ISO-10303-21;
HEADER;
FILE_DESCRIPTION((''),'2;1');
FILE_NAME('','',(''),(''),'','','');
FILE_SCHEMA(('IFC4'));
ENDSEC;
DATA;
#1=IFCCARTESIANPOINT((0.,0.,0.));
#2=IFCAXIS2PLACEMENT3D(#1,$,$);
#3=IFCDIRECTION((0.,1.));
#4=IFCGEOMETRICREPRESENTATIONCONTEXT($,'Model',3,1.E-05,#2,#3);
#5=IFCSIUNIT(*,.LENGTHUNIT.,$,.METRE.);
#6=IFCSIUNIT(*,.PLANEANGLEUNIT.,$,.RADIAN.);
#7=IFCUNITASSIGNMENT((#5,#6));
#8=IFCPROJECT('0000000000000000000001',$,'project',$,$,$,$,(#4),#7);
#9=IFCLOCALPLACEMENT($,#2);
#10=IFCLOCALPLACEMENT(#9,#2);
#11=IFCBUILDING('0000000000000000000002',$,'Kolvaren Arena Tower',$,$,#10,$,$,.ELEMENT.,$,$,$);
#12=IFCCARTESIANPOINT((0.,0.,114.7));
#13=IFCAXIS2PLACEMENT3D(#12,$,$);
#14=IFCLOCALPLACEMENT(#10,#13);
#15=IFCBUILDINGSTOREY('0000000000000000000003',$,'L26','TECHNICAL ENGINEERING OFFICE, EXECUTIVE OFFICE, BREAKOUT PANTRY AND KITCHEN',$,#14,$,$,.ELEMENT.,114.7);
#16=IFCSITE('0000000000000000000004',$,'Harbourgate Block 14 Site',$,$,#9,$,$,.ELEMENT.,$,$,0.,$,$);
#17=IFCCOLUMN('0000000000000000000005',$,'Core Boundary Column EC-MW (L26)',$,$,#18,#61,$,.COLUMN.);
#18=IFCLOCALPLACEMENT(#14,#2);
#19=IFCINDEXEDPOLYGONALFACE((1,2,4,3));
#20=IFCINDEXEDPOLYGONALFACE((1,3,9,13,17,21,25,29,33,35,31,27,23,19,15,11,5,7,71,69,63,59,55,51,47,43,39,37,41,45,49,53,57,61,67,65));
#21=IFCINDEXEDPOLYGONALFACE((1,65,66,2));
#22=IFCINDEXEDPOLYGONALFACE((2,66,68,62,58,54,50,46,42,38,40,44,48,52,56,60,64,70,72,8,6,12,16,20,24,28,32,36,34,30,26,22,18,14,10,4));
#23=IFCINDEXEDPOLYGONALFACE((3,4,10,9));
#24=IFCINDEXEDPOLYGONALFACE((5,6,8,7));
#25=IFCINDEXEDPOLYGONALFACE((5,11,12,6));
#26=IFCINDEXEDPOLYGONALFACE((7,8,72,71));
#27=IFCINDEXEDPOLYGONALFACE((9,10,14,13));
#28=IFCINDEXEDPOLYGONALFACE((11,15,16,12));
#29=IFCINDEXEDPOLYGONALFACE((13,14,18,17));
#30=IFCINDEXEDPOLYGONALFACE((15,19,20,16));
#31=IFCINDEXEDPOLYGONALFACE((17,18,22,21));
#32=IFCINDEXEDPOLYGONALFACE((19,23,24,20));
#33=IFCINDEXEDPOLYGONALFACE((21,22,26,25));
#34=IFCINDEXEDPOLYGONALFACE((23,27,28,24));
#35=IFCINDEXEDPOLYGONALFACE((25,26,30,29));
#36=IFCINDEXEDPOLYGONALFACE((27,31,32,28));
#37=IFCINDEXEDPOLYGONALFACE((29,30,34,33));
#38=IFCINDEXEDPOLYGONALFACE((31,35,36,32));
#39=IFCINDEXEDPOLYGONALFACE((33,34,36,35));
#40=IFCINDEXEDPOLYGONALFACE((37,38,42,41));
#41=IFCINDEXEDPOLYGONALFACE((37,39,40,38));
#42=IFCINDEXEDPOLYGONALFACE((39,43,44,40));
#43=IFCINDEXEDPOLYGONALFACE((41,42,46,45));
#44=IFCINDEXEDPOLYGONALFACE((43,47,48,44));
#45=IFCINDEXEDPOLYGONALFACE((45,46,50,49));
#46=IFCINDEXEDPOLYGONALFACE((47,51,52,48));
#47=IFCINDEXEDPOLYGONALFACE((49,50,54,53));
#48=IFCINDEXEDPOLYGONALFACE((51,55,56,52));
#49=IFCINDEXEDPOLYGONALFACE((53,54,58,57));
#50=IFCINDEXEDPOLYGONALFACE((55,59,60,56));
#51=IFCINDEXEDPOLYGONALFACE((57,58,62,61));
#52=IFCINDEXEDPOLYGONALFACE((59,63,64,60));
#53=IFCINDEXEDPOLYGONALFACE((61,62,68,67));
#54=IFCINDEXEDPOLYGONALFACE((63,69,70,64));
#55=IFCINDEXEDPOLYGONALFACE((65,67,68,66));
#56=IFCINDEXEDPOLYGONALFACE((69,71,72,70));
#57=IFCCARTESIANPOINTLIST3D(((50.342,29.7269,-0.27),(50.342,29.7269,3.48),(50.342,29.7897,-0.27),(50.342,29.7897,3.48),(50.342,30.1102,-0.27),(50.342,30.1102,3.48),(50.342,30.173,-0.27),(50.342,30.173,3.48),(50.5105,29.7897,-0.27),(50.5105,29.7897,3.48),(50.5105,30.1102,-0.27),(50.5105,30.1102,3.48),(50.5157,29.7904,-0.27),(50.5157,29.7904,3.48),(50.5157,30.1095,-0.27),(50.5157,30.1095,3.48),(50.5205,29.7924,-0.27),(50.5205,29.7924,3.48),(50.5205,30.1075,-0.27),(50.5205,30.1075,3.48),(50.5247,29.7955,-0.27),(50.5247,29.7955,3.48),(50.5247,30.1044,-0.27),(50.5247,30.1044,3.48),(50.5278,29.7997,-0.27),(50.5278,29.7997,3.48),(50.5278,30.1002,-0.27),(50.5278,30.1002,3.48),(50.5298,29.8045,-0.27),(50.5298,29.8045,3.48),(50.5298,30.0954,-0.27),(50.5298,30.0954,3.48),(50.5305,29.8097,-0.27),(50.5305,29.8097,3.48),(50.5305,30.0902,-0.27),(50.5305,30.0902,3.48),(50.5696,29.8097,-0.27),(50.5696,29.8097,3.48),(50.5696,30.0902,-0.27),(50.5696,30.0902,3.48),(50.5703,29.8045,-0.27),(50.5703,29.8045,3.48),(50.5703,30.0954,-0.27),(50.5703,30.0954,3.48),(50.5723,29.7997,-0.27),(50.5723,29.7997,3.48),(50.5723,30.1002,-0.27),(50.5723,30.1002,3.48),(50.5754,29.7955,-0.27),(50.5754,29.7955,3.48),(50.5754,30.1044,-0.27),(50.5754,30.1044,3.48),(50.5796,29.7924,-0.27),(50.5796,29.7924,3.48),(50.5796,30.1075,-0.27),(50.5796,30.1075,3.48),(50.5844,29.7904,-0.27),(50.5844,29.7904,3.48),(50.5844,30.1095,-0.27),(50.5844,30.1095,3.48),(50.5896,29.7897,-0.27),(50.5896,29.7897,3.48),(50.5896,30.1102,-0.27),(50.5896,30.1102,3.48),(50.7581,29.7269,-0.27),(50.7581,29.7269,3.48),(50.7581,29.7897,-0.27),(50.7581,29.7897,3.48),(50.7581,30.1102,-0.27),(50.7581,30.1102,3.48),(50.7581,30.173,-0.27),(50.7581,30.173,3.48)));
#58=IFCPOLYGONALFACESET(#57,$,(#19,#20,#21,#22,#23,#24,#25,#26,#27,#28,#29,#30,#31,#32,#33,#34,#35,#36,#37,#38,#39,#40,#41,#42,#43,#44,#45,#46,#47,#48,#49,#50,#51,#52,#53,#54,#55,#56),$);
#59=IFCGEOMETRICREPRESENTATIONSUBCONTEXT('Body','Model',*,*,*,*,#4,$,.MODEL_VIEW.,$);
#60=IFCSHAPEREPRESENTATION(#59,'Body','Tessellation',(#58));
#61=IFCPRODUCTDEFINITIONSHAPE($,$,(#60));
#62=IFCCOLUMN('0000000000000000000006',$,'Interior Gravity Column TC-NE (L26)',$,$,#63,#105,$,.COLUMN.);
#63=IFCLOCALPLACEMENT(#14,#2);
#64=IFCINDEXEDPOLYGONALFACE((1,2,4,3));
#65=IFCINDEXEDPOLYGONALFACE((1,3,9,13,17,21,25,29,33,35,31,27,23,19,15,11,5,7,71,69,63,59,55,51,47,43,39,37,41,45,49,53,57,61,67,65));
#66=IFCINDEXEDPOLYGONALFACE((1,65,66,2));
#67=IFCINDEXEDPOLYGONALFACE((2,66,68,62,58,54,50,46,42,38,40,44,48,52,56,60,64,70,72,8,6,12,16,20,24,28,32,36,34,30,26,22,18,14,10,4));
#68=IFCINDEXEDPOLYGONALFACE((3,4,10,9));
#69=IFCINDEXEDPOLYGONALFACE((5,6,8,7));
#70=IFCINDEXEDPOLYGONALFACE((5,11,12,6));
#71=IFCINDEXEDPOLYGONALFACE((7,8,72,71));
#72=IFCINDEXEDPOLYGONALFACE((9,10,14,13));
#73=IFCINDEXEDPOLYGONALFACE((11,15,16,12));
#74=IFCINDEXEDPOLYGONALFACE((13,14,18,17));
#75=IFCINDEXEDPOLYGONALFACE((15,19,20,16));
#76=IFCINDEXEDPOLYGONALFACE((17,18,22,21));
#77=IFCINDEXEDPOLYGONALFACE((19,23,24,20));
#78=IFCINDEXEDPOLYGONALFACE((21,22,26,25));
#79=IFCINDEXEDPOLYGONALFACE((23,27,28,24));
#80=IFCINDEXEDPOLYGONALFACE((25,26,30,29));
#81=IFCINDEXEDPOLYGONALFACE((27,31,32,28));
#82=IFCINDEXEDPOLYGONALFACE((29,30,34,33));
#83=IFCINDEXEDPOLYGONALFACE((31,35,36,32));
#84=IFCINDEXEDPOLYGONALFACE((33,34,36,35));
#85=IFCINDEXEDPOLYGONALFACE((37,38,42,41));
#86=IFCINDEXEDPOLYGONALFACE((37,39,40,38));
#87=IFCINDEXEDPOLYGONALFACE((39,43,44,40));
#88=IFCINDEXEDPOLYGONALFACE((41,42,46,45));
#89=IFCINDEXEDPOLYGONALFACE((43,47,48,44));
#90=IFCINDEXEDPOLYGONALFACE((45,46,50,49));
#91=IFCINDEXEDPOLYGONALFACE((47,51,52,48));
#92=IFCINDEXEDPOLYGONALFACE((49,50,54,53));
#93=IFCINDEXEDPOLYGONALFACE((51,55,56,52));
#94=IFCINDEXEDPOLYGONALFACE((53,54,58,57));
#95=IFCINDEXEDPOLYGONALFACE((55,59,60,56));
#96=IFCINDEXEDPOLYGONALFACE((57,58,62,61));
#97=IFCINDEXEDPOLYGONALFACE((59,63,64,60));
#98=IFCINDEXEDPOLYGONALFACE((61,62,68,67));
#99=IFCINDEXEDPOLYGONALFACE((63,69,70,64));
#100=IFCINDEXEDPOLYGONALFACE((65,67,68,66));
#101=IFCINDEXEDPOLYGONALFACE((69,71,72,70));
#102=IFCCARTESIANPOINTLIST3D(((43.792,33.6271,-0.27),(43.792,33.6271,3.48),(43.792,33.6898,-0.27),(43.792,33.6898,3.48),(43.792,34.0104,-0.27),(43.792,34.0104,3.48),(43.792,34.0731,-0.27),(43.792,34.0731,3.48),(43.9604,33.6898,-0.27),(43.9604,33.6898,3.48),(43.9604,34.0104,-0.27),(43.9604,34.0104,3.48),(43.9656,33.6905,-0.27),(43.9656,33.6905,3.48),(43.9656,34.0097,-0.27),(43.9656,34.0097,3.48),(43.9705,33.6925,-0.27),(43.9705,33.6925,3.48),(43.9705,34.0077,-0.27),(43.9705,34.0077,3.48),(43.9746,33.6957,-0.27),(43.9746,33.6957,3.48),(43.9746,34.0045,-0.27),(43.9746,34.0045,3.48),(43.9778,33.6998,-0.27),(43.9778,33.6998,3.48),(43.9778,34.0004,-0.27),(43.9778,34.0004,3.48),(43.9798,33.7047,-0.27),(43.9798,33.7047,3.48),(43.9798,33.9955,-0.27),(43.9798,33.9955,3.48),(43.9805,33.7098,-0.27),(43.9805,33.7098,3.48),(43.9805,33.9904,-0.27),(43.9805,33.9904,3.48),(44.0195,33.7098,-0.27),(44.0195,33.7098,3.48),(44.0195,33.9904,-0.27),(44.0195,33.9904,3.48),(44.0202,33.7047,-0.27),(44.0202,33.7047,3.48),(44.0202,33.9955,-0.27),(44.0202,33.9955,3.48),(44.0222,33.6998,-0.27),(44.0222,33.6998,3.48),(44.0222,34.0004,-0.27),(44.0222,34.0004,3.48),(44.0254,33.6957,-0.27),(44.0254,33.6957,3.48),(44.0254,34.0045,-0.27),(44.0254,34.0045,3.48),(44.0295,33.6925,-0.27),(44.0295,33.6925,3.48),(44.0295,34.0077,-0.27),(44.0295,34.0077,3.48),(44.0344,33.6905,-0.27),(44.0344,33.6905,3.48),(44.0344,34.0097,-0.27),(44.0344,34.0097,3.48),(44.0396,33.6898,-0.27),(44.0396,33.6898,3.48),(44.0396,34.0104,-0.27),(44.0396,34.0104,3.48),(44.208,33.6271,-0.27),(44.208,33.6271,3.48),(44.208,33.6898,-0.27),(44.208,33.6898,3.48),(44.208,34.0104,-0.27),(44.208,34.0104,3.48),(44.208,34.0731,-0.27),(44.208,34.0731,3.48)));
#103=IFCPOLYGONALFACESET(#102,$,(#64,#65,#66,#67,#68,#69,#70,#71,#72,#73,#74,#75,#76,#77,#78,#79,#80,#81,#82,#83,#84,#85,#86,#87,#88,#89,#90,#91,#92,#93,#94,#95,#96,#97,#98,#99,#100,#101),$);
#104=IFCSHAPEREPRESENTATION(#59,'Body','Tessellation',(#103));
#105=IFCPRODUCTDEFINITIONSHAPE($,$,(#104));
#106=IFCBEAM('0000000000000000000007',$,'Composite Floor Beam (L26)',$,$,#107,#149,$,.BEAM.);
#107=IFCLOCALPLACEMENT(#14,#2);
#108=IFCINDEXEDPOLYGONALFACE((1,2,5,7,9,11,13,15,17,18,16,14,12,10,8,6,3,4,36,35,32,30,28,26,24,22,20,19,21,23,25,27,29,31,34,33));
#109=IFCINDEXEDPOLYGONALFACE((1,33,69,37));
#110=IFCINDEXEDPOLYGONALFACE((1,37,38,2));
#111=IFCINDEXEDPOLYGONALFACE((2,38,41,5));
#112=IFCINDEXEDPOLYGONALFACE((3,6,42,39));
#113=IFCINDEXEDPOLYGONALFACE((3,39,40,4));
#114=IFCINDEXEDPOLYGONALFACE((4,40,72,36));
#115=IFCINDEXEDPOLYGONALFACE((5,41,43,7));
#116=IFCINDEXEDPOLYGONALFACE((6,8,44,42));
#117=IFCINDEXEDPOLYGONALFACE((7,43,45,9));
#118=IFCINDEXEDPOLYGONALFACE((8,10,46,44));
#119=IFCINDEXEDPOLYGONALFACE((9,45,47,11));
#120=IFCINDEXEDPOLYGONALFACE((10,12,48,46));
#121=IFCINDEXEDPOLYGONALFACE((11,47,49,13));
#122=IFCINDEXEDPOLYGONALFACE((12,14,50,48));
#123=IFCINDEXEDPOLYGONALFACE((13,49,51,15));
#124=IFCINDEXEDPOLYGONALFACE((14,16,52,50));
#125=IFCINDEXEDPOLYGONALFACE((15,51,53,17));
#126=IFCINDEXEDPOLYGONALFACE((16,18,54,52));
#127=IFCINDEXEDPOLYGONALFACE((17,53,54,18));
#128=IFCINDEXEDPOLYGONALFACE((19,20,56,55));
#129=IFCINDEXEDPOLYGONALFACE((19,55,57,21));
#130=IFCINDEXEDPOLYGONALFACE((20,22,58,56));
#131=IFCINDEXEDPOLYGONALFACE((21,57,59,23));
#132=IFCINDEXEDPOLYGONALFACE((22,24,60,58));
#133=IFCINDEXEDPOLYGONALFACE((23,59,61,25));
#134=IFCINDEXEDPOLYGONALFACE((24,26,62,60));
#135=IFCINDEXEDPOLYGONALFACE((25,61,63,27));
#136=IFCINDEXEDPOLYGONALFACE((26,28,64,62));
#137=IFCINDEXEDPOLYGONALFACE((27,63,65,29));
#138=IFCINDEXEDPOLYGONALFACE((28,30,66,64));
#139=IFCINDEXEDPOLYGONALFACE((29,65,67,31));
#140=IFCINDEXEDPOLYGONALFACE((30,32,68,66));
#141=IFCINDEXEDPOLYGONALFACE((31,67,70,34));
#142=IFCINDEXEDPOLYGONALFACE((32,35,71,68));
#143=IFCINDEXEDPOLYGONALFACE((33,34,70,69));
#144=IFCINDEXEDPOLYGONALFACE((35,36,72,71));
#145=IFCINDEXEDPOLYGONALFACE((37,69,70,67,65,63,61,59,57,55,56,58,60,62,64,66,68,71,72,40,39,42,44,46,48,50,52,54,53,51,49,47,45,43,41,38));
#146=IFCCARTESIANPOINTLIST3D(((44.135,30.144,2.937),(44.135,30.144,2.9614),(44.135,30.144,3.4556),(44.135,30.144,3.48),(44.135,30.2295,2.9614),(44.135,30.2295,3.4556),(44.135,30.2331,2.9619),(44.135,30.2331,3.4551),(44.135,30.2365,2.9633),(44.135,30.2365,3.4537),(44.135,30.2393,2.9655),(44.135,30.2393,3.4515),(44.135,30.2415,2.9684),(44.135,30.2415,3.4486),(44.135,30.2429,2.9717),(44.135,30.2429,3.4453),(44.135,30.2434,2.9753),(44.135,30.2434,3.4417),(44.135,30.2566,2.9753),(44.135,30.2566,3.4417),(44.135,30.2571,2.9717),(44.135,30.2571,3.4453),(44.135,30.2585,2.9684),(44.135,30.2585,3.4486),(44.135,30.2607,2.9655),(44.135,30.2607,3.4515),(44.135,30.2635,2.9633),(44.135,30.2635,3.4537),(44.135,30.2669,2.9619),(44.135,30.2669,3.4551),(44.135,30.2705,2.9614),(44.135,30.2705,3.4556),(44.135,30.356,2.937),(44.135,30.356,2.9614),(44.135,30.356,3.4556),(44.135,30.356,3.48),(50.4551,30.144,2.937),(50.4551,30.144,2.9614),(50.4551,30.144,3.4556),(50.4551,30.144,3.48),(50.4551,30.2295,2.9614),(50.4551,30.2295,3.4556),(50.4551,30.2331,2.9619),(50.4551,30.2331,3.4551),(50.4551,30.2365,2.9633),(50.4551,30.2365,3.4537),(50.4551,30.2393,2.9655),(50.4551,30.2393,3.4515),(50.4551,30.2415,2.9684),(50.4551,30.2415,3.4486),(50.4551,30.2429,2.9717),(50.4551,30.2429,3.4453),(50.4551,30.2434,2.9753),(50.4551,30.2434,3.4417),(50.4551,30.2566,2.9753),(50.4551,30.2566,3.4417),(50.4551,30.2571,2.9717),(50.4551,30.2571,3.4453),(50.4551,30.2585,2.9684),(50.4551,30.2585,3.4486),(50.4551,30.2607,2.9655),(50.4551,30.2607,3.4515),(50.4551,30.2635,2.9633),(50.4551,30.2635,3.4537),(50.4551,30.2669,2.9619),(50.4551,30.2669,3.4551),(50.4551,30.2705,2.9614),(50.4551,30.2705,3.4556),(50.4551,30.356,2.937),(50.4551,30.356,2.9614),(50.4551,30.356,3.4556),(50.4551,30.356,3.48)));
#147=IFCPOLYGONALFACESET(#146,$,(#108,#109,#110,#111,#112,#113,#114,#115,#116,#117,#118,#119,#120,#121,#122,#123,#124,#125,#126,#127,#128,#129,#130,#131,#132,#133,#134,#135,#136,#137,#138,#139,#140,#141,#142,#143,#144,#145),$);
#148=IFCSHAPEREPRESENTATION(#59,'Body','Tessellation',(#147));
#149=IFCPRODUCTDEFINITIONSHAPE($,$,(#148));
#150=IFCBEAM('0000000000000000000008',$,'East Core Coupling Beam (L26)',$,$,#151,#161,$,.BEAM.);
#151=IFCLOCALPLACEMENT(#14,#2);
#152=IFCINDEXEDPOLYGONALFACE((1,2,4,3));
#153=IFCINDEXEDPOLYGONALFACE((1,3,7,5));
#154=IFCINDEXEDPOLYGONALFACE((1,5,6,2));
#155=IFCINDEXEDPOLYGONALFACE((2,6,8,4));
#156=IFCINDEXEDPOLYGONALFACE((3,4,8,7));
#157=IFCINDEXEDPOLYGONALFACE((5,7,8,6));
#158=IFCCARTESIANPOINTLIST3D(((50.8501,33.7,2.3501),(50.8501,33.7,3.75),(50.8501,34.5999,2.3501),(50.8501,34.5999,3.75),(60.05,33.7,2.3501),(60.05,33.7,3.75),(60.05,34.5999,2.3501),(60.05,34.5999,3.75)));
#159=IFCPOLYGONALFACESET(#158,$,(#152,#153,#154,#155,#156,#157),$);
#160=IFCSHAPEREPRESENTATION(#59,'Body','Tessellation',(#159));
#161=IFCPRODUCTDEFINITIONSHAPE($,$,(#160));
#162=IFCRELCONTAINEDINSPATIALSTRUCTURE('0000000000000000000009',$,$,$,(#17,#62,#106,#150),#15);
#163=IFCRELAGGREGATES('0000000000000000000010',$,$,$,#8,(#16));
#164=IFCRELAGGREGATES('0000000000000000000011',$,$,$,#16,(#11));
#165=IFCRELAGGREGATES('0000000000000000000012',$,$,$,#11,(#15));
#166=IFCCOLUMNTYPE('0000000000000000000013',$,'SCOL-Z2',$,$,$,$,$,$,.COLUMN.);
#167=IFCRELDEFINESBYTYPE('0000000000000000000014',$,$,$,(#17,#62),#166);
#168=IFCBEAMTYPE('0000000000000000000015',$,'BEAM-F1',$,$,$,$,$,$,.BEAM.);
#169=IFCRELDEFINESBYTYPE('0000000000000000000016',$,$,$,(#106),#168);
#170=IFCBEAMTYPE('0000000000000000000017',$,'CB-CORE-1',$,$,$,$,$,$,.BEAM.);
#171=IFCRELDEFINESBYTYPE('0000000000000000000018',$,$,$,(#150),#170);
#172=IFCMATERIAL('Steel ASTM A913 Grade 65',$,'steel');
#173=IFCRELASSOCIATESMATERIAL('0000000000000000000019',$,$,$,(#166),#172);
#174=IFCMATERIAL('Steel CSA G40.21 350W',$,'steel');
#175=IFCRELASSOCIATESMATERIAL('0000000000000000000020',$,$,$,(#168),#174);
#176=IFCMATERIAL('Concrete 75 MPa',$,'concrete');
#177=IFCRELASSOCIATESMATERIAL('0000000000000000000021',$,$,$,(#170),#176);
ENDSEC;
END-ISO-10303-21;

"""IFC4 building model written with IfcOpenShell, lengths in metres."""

from ifc_helpers import new_model, si_unit, direction, frame, origin, origin_2d, place, context, subcontext, project, spatial, rectangle, i_section, extrude, material, material_profile, profile_set, type_object, element, save


model = new_model("IFC4")

# Units and contexts
model_context = context("Model", 3, precision=1e-05, world=origin(), true_north=direction((0.0, 1.0)))
body_context = subcontext(model_context, "Body", "Model", "MODEL_VIEW")
ifc_project = project(units=[si_unit("LENGTHUNIT", "METRE"), si_unit("PLANEANGLEUNIT", "RADIAN")], contexts=[model_context])

# Site, building, storey
site_placement = place(None, origin())
site = spatial("IfcSite", under=ifc_project, at=site_placement, Name="Harbourgate Block 14 Site", CompositionType="ELEMENT", RefElevation=0.0)
building_placement = place(site_placement, origin())
building = spatial("IfcBuilding", under=site, at=building_placement, Name="Kolvaren Arena Tower", CompositionType="ELEMENT")
storey_placement = place(building_placement, frame((0.0, 0.0, 114.7)))
storey = spatial("IfcBuildingStorey", under=building, at=storey_placement, Name="L26", Description="TECHNICAL ENGINEERING OFFICE, EXECUTIVE OFFICE, BREAKOUT PANTRY AND KITCHEN", CompositionType="ELEMENT", Elevation=114.7)

# Columns
ifc_material_1 = material(Name="Steel ASTM A913 Grade 65", Category="steel")
ifc_material_profile_1 = material_profile(ifc_material_1, i_section(OverallWidth=0.416, OverallDepth=0.446, WebThickness=0.0391, FlangeThickness=0.0627, FilletRadius=0.02, at=origin_2d()), Name="W360x509")
ifc_profile_set_1 = profile_set([ifc_material_profile_1], Name="Steel ASTM A913 Grade 65")
column_type = type_object("IfcColumnType", Name="SCOL-Z2", PredefinedType="COLUMN", material=ifc_profile_set_1)
for number, where, z_axis, x_axis, name in (
    (1, (50.55, 29.95, -0.27), (0.0, 0.0, 1.0), (1.0, 0.0, 0.0), "Core Boundary Column EC-MW (L26)"),
    (2, (44.0, 33.8501, -0.27), (0.0, 0.0, 1.0), (1.0, 0.0, 0.0), "Interior Gravity Column TC-NE (L26)"),
):
    element("IfcColumn", number, at=place(storey_placement, frame(where, z_axis=z_axis, x_axis=x_axis)), inside=storey, type_object=column_type, Name=name, PredefinedType="COLUMN", context=body_context, shape_type="SweptSolid", body=[
        extrude(i_section(OverallWidth=0.416, OverallDepth=0.446, WebThickness=0.0391, FlangeThickness=0.0627, FilletRadius=0.02, at=origin_2d()), origin(), (0.0, 0.0, 1.0), 3.75),
    ])

# Beams
ifc_material_2 = material(Name="Steel CSA G40.21 350W", Category="steel")
ifc_material_profile_2 = material_profile(ifc_material_2, i_section(OverallWidth=0.2119, OverallDepth=0.543, WebThickness=0.0132, FlangeThickness=0.0244, FilletRadius=0.0139, at=origin_2d()), Name="W530x150")
ifc_profile_set_2 = profile_set([ifc_material_profile_2], Name="Steel CSA G40.21 350W")
beam_type_1 = type_object("IfcBeamType", Name="BEAM-F1", PredefinedType="BEAM", material=ifc_profile_set_2)
beam_1_placement = place(storey_placement, frame((44.135, 30.25, 3.2085), z_axis=(1.0, 0.0, 0.0), x_axis=(0.0, 1.0, 0.0)))
element("IfcBeam", 3, at=beam_1_placement, inside=storey, type_object=beam_type_1, Name="Composite Floor Beam (L26)", PredefinedType="BEAM", context=body_context, shape_type="SweptSolid", body=[
    extrude(i_section(OverallWidth=0.2119, OverallDepth=0.543, WebThickness=0.0132, FlangeThickness=0.0244, FilletRadius=0.0139, at=origin_2d()), origin(), (0.0, 0.0, 1.0), 6.3201),
])
ifc_material_3 = material(Name="Concrete 75 MPa", Category="concrete")
ifc_material_profile_3 = material_profile(ifc_material_3, rectangle(XDim=0.8999, YDim=1.3999, at=origin_2d()), Name="RC-900x1400")
ifc_profile_set_3 = profile_set([ifc_material_profile_3], Name="Concrete 75 MPa")
beam_type_2 = type_object("IfcBeamType", Name="CB-CORE-1", PredefinedType="BEAM", material=ifc_profile_set_3)
beam_2_placement = place(storey_placement, frame((50.8501, 34.1499, 3.05), z_axis=(1.0, 0.0, 0.0), x_axis=(0.0, 1.0, 0.0)))
element("IfcBeam", 4, at=beam_2_placement, inside=storey, type_object=beam_type_2, Name="East Core Coupling Beam (L26)", PredefinedType="BEAM", context=body_context, shape_type="SweptSolid", body=[
    extrude(rectangle(XDim=0.8999, YDim=1.3999, at=origin_2d()), origin(), (0.0, 0.0, 1.0), 9.2),
])

save(model, "model.ifc")
